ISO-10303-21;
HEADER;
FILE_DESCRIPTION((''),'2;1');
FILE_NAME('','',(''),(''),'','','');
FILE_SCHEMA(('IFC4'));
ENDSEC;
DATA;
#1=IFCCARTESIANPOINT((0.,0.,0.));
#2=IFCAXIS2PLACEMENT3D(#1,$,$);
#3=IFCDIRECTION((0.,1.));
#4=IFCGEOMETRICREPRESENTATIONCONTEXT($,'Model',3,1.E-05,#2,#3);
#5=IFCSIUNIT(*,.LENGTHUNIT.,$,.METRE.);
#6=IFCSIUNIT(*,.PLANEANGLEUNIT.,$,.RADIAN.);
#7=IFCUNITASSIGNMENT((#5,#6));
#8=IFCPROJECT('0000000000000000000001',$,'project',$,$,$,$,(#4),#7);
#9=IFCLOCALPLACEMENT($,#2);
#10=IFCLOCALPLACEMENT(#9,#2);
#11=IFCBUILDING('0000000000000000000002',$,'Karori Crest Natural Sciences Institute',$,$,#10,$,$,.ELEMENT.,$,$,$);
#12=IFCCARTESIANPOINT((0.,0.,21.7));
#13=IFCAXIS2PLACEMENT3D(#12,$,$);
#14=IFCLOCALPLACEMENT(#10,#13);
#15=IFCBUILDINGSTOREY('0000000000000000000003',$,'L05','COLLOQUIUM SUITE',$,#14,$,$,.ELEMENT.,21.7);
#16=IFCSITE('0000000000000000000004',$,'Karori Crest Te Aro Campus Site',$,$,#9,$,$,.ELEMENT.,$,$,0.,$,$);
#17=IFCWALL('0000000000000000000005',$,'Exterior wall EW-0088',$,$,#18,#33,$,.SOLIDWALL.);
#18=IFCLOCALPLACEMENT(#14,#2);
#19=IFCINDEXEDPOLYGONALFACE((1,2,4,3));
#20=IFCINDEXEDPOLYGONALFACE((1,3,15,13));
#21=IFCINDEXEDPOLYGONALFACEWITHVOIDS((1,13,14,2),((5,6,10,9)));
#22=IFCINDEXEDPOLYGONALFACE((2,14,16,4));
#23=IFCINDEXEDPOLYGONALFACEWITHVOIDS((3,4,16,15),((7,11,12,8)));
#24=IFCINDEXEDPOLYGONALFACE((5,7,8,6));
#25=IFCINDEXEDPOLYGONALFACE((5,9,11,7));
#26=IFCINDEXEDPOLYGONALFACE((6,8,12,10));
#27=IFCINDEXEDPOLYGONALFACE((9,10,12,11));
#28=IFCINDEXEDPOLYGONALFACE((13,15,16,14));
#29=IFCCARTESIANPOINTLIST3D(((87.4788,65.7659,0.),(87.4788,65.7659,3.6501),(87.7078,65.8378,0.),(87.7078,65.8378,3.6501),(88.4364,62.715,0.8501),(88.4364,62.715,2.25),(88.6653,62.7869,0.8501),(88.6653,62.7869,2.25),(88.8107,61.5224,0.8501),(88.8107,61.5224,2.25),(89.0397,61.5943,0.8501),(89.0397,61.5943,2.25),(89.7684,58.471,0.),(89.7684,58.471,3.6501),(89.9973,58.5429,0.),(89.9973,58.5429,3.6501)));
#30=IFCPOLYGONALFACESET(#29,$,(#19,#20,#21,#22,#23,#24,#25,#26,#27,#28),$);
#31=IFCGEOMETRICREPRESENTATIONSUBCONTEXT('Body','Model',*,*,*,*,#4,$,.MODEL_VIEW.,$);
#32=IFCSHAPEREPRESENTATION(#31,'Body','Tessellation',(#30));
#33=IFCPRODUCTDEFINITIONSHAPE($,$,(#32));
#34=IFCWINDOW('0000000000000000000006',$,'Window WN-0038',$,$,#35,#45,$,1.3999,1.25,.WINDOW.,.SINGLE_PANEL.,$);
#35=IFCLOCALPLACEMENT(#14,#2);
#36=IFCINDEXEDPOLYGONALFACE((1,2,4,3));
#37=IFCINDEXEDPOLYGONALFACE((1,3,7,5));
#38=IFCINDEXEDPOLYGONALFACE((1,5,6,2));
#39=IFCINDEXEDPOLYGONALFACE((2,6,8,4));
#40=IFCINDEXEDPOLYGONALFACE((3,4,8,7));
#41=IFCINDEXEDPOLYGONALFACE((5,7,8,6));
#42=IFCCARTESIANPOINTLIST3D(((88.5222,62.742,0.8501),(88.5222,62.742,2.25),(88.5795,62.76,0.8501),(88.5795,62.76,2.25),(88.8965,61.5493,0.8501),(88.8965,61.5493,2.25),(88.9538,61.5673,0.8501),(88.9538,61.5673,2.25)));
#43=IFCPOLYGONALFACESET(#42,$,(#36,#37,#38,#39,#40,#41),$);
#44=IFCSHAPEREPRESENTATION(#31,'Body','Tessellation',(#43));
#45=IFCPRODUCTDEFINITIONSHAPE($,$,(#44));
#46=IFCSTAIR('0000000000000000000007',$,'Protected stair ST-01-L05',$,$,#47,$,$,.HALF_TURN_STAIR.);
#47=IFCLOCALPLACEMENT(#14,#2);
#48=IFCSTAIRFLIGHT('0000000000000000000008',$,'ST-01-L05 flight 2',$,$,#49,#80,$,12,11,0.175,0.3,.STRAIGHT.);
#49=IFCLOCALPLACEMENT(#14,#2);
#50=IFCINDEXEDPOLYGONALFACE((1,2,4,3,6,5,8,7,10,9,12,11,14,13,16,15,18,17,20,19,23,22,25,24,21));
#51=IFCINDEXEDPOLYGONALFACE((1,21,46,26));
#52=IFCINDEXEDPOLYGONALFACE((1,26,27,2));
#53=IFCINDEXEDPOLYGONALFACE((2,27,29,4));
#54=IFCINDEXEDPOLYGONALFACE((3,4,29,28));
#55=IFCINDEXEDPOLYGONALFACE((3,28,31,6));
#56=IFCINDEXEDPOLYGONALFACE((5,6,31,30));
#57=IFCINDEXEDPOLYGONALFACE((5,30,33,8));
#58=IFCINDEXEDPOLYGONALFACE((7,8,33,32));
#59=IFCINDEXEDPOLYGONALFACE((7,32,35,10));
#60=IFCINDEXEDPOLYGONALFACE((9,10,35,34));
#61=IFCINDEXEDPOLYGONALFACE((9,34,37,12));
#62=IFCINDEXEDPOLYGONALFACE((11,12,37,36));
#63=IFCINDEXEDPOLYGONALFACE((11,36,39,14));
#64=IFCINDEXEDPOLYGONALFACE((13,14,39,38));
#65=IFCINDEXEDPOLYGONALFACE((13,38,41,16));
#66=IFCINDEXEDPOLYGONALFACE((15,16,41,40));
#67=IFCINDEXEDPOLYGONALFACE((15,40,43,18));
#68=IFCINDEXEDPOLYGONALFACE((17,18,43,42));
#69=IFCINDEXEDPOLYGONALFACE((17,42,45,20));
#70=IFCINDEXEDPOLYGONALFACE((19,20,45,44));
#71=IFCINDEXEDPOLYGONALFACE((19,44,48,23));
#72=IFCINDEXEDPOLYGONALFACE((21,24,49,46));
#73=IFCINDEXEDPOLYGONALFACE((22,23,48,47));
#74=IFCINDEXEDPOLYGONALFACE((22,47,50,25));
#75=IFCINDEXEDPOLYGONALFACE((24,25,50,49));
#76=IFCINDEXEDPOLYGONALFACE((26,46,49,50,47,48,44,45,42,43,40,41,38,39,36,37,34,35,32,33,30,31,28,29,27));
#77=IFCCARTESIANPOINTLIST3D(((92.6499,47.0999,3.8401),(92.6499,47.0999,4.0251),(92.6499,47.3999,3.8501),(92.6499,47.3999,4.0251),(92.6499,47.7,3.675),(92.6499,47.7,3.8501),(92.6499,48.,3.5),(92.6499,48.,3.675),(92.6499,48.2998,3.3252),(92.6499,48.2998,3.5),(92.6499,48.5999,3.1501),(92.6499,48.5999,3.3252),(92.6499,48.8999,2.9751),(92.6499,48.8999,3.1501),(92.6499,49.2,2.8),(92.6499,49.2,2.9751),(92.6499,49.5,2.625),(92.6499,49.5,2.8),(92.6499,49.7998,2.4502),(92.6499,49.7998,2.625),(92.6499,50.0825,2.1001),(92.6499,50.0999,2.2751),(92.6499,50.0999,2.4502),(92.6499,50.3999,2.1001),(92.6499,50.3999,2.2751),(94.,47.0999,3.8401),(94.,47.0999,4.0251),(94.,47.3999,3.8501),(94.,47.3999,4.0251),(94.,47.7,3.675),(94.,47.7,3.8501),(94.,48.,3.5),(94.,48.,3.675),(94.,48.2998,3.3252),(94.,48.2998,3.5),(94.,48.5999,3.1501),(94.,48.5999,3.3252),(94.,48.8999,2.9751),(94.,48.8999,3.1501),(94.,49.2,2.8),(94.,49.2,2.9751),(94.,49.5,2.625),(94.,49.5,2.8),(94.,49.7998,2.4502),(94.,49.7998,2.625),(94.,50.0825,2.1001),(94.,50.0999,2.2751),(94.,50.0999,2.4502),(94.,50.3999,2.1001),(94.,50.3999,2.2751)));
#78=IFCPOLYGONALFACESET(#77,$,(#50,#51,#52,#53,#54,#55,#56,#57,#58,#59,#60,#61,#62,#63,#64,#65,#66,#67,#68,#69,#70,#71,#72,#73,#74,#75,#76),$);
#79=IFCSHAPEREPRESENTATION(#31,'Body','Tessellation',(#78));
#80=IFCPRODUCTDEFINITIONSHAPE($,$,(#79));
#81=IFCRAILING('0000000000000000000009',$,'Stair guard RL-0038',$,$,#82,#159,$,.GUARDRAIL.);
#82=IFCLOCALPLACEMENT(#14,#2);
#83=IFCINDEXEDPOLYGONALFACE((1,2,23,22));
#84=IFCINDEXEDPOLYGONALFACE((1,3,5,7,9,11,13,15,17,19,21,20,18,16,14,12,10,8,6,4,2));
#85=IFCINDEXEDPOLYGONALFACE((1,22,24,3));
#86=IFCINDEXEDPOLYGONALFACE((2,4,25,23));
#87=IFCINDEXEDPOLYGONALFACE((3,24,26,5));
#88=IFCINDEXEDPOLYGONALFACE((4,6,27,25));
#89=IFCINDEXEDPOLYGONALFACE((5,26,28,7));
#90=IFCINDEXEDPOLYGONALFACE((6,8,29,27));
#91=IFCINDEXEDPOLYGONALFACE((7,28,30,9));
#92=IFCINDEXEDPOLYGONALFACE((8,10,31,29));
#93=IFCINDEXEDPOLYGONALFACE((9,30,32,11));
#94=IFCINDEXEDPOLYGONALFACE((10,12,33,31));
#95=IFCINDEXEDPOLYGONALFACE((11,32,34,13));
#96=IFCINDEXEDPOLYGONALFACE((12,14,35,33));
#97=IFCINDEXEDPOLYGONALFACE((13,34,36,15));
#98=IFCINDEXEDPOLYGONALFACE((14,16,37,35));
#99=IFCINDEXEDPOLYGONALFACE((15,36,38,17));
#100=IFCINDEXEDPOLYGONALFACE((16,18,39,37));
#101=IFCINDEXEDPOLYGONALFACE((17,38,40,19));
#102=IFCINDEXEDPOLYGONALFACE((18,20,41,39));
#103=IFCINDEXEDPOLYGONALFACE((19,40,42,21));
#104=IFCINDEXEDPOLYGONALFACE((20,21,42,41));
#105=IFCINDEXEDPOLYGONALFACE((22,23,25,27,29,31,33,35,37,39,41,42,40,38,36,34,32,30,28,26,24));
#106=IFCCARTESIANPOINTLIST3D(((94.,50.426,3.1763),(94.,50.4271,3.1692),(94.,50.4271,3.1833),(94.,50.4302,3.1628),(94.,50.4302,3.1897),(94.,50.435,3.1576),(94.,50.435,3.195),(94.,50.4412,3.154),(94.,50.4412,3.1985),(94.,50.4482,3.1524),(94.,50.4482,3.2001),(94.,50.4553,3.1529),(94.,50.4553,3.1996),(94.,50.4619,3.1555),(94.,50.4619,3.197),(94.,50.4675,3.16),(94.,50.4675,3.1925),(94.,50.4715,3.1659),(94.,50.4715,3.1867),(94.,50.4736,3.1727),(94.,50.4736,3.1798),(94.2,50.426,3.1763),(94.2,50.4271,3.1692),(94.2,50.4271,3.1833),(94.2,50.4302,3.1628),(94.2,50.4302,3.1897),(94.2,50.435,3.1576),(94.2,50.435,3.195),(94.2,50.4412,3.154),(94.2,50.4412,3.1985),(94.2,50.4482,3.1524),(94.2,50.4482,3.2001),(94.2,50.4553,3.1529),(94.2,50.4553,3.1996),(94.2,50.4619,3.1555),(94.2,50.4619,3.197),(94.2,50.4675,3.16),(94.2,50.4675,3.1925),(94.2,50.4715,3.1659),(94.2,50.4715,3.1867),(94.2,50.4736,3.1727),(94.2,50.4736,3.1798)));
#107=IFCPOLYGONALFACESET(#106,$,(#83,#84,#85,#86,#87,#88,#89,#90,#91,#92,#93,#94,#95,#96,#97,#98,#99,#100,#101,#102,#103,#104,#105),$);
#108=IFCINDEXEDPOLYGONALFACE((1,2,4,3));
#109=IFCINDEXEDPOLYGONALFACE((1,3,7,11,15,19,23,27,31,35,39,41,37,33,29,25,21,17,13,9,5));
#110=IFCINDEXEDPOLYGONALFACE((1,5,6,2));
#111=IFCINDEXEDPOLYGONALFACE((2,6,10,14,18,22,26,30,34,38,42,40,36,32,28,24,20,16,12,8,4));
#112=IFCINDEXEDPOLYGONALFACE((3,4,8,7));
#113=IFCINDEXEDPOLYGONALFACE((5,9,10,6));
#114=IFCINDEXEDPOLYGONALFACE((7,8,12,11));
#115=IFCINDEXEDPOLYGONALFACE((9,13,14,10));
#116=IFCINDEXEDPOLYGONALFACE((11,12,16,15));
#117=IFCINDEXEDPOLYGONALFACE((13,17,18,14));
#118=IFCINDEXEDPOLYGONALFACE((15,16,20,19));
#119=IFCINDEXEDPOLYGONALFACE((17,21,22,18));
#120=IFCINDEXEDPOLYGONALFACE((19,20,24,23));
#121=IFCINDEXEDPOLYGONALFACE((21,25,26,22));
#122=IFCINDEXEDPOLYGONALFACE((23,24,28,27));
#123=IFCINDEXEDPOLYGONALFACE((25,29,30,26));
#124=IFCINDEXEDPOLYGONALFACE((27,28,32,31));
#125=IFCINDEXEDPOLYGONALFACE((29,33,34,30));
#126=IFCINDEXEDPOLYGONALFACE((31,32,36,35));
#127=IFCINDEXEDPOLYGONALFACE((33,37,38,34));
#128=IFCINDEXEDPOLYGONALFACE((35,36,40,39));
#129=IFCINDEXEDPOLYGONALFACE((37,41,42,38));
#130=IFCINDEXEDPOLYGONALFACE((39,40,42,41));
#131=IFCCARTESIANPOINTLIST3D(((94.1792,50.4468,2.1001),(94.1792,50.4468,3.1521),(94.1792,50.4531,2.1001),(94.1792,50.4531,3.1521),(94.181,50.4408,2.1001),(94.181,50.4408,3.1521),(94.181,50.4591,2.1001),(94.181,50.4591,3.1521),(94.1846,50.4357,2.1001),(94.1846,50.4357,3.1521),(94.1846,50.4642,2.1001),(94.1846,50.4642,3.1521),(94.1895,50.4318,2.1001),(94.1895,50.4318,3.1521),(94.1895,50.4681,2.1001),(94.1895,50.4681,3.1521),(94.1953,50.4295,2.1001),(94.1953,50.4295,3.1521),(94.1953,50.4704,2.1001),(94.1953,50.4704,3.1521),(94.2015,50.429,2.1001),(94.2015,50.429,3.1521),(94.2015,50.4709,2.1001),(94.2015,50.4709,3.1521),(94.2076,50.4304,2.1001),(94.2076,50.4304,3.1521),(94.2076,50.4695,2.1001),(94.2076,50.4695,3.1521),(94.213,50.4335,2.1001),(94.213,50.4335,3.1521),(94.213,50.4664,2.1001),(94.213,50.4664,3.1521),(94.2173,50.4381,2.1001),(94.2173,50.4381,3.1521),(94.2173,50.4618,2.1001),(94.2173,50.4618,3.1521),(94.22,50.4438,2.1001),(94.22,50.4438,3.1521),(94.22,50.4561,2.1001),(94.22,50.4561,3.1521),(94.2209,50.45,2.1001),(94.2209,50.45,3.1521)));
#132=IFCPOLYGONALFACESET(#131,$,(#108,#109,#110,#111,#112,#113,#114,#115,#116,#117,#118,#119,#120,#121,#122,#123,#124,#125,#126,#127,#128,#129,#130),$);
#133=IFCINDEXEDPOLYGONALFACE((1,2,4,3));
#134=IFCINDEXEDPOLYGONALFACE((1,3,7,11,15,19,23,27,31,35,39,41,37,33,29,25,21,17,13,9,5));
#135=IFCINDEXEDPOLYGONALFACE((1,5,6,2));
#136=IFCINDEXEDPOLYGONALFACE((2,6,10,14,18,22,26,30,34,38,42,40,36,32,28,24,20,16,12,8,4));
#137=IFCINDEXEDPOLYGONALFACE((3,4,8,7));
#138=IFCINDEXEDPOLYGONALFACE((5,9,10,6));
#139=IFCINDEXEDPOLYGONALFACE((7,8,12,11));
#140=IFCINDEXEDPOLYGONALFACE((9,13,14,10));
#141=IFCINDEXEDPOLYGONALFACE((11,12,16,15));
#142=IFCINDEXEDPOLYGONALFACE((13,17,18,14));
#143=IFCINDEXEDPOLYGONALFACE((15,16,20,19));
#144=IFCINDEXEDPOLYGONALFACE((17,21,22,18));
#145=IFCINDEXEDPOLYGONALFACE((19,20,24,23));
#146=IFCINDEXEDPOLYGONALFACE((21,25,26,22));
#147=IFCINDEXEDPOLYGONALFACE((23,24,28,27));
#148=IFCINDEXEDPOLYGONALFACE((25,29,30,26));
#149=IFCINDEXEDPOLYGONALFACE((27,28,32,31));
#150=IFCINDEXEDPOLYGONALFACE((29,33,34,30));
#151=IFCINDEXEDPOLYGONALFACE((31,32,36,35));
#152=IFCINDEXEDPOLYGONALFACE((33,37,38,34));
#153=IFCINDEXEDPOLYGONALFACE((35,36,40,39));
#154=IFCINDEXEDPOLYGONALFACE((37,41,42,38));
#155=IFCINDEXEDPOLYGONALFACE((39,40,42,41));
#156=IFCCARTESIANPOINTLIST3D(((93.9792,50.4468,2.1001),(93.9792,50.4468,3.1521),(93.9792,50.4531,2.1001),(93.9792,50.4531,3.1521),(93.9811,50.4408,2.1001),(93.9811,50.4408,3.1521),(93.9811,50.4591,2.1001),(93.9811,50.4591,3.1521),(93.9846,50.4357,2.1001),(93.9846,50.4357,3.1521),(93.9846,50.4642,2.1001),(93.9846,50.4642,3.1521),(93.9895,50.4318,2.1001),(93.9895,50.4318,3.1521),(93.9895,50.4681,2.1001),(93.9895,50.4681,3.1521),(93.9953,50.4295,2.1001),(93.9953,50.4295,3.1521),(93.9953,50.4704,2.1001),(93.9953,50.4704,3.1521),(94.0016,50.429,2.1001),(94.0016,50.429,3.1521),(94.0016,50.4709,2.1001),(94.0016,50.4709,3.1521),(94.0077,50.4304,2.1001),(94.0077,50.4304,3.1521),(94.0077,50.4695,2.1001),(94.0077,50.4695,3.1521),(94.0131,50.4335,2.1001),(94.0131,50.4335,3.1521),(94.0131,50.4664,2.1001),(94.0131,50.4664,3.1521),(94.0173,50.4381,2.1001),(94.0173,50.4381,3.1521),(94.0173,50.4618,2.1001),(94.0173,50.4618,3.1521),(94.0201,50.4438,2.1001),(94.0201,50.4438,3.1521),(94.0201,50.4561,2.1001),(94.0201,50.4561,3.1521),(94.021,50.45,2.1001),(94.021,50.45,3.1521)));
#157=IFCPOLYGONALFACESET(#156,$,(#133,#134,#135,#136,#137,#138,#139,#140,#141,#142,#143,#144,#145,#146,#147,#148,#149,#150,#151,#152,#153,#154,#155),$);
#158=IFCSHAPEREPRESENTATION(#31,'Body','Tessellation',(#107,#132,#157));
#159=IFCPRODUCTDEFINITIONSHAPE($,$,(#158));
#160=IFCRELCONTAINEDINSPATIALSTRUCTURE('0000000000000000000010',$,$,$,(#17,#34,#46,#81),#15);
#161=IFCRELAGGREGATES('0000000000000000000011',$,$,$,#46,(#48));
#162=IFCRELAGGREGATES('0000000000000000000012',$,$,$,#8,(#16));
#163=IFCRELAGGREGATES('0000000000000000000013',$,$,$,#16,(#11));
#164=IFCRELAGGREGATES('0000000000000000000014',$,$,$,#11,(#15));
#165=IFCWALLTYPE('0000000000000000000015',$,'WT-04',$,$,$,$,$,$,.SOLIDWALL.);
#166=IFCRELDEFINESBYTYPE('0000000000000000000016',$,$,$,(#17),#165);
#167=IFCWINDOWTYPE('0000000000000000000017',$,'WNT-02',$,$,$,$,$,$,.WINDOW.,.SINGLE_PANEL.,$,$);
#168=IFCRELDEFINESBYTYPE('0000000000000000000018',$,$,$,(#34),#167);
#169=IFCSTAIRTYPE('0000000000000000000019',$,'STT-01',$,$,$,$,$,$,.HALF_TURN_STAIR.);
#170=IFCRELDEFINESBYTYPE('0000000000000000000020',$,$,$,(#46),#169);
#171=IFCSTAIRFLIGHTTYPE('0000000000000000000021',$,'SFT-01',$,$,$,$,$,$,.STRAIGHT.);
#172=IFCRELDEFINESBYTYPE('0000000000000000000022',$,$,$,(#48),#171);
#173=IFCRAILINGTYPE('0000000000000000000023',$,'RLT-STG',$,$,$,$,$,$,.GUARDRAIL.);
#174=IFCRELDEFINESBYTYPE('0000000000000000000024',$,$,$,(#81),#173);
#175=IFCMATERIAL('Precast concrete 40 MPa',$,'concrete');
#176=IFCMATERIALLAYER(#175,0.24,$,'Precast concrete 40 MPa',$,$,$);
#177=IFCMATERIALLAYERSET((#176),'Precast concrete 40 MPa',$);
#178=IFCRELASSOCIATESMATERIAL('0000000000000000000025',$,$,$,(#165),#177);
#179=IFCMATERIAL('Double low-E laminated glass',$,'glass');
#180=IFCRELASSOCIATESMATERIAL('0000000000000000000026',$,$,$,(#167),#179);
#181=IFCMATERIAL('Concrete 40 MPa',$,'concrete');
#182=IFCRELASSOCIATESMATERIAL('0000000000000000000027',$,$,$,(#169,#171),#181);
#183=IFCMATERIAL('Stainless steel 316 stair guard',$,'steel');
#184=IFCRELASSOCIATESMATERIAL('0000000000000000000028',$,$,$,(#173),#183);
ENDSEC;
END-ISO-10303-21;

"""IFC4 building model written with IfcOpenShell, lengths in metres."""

from ifc_helpers import new_model, si_unit, direction, frame, frame_2d, origin, origin_2d, place, context, subcontext, project, spatial, polyline, rectangle, circle, outline, extrude, material, layer, layer_set, type_object, element, fill, aggregate, save


model = new_model("IFC4")

# Units and contexts
model_context = context("Model", 3, precision=1e-05, world=origin(), true_north=direction((0.0, 1.0)))
body_context = subcontext(model_context, "Body", "Model", "MODEL_VIEW")
ifc_project = project(units=[si_unit("LENGTHUNIT", "METRE"), si_unit("PLANEANGLEUNIT", "RADIAN")], contexts=[model_context])

# Site, building, storey
site_placement = place(None, origin())
site = spatial("IfcSite", under=ifc_project, at=site_placement, Name="Karori Crest Te Aro Campus Site", CompositionType="ELEMENT", RefElevation=0.0)
building_placement = place(site_placement, origin())
building = spatial("IfcBuilding", under=site, at=building_placement, Name="Karori Crest Natural Sciences Institute", CompositionType="ELEMENT")
storey_placement = place(building_placement, frame((0.0, 0.0, 21.7)))
storey = spatial("IfcBuildingStorey", under=building, at=storey_placement, Name="L05", Description="COLLOQUIUM SUITE", CompositionType="ELEMENT", Elevation=21.7)

# Shared definitions
ifc_material_1 = material(Name="Double low-E laminated glass", Category="glass")

# Wall, opening, window
ifc_material_2 = material(Name="Precast concrete 40 MPa", Category="concrete")
ifc_layer_1 = layer(ifc_material_2, 0.24, Name="Precast concrete 40 MPa")
ifc_layer_set_1 = layer_set([ifc_layer_1], Name="Precast concrete 40 MPa")
wall_type_1 = type_object("IfcWallType", Name="WT-04", PredefinedType="SOLIDWALL", material=ifc_layer_set_1)
wall_1_placement = place(storey_placement, frame((89.8828, 58.5071, 0.0), z_axis=(0.0, 0.0, 1.0), x_axis=(-0.299453, 0.954111, 0.0)))
wall_1 = element("IfcWall", 1, at=wall_1_placement, inside=storey, type_object=wall_type_1, Name="Exterior wall EW-0088", PredefinedType="SOLIDWALL", context=body_context, shape_type="SweptSolid", body=[
    extrude(rectangle(XDim=7.6458, YDim=0.24, at=frame_2d((3.8228, 0.0))), origin(), (0.0, 0.0, 1.0), 3.6501),
])
opening_1_placement = place(wall_1_placement, frame((3.198, 0.0, 0.8501)))
opening_1 = element("IfcOpeningElement", 2, at=opening_1_placement, cuts=wall_1, PredefinedType="OPENING", context=body_context, shape_type="SweptSolid", body=[
    extrude(rectangle(XDim=1.25, YDim=1.3999, at=frame_2d((0.625, 0.7))), frame((0.0, 0.1299, 0.0), z_axis=(0.0, -1.0, 0.0), x_axis=(1.0, 0.0, 0.0)), (0.0, 0.0, 1.0), 0.26),
])
window_type = type_object("IfcWindowType", Name="WNT-02", PartitioningType="SINGLE_PANEL", PredefinedType="WINDOW", material=ifc_material_1)
window_placement = place(opening_1_placement, origin())
window = element("IfcWindow", 3, at=window_placement, inside=storey, type_object=window_type, Name="Window WN-0038", OverallHeight=1.3999, OverallWidth=1.25, PartitioningType="SINGLE_PANEL", PredefinedType="WINDOW", context=body_context, shape_type="SweptSolid", body=[
    extrude(rectangle(XDim=1.25, YDim=1.3999, at=frame_2d((0.625, 0.7))), frame((0.0, 0.03, 0.0), z_axis=(0.0, -1.0, 0.0), x_axis=(1.0, 0.0, 0.0)), (0.0, 0.0, 1.0), 0.0601),
])
fill(opening_1, window)

# Stair, stair flight
ifc_material_3 = material(Name="Concrete 40 MPa", Category="concrete")
stair_type = type_object("IfcStairType", Name="STT-01", PredefinedType="HALF_TURN_STAIR", material=ifc_material_3)
stair_placement = place(storey_placement, origin())
stair = element("IfcStair", 4, at=stair_placement, inside=storey, type_object=stair_type, Name="Protected stair ST-01-L05", PredefinedType="HALF_TURN_STAIR")
stair_flight_type = type_object("IfcStairFlightType", Name="SFT-01", PredefinedType="STRAIGHT", material=ifc_material_3)
stair_flight_placement = place(storey_placement, frame((93.325, 50.3999, 2.1001), z_axis=(0.0, 0.0, 1.0), x_axis=(0.0, -1.0, 0.0)))
stair_flight = element("IfcStairFlight", 5, at=stair_flight_placement, type_object=stair_flight_type, Name="ST-01-L05 flight 2", NumberOfRisers=12, NumberOfTreads=11, PredefinedType="STRAIGHT", RiserHeight=0.175, TreadLength=0.3, context=body_context, shape_type="SweptSolid", body=[
    extrude(outline(polyline([(0.0, 0.0), (0.0, 0.175), (0.3, 0.175), (0.3, 0.3501), (0.6001, 0.3501), (0.6001, 0.5249), (0.8999, 0.5249), (0.8999, 0.7), (1.2, 0.7), (1.2, 0.875), (1.5, 0.875), (1.5, 1.05), (1.8, 1.05), (1.8, 1.2251), (2.1001, 1.2251), (2.1001, 1.3999), (2.3999, 1.3999), (2.3999, 1.575), (2.7, 1.575), (2.7, 1.75), (3.0, 1.75), (3.0, 1.925), (3.3, 1.925), (3.3, 2.1001), (3.3, 1.74), (0.3174, 0.0), (0.0, 0.0)])), frame((0.0, 0.675, 0.0), z_axis=(0.0, -1.0, 0.0), x_axis=(1.0, 0.0, 0.0)), (0.0, 0.0, 1.0), 1.3501),
])
aggregate(stair, [stair_flight])

# Railing
ifc_material_4 = material(Name="Stainless steel 316 stair guard", Category="steel")
railing_type = type_object("IfcRailingType", Name="RLT-STG", PredefinedType="GUARDRAIL", material=ifc_material_4)
railing_1_placement = place(storey_placement, frame((94.2, 50.45, 2.1001)))
element("IfcRailing", 6, at=railing_1_placement, inside=storey, type_object=railing_type, Name="Stair guard RL-0038", PredefinedType="GUARDRAIL", context=body_context, shape_type="SweptSolid", body=[
    extrude(circle(Radius=0.0239, at=origin_2d()), frame((0.0, 0.0, 1.0762), z_axis=(-1.0, 0.0, 0.0), x_axis=(0.0, -1.0, 0.0)), (0.0, 0.0, 1.0), 0.2),
    extrude(circle(Radius=0.021, at=origin_2d()), origin(), (0.0, 0.0, 1.0), 1.052),
    extrude(circle(Radius=0.021, at=origin_2d()), frame((-0.2, 0.0, 0.0)), (0.0, 0.0, 1.0), 1.052),
])

save(model, "model.ifc")
